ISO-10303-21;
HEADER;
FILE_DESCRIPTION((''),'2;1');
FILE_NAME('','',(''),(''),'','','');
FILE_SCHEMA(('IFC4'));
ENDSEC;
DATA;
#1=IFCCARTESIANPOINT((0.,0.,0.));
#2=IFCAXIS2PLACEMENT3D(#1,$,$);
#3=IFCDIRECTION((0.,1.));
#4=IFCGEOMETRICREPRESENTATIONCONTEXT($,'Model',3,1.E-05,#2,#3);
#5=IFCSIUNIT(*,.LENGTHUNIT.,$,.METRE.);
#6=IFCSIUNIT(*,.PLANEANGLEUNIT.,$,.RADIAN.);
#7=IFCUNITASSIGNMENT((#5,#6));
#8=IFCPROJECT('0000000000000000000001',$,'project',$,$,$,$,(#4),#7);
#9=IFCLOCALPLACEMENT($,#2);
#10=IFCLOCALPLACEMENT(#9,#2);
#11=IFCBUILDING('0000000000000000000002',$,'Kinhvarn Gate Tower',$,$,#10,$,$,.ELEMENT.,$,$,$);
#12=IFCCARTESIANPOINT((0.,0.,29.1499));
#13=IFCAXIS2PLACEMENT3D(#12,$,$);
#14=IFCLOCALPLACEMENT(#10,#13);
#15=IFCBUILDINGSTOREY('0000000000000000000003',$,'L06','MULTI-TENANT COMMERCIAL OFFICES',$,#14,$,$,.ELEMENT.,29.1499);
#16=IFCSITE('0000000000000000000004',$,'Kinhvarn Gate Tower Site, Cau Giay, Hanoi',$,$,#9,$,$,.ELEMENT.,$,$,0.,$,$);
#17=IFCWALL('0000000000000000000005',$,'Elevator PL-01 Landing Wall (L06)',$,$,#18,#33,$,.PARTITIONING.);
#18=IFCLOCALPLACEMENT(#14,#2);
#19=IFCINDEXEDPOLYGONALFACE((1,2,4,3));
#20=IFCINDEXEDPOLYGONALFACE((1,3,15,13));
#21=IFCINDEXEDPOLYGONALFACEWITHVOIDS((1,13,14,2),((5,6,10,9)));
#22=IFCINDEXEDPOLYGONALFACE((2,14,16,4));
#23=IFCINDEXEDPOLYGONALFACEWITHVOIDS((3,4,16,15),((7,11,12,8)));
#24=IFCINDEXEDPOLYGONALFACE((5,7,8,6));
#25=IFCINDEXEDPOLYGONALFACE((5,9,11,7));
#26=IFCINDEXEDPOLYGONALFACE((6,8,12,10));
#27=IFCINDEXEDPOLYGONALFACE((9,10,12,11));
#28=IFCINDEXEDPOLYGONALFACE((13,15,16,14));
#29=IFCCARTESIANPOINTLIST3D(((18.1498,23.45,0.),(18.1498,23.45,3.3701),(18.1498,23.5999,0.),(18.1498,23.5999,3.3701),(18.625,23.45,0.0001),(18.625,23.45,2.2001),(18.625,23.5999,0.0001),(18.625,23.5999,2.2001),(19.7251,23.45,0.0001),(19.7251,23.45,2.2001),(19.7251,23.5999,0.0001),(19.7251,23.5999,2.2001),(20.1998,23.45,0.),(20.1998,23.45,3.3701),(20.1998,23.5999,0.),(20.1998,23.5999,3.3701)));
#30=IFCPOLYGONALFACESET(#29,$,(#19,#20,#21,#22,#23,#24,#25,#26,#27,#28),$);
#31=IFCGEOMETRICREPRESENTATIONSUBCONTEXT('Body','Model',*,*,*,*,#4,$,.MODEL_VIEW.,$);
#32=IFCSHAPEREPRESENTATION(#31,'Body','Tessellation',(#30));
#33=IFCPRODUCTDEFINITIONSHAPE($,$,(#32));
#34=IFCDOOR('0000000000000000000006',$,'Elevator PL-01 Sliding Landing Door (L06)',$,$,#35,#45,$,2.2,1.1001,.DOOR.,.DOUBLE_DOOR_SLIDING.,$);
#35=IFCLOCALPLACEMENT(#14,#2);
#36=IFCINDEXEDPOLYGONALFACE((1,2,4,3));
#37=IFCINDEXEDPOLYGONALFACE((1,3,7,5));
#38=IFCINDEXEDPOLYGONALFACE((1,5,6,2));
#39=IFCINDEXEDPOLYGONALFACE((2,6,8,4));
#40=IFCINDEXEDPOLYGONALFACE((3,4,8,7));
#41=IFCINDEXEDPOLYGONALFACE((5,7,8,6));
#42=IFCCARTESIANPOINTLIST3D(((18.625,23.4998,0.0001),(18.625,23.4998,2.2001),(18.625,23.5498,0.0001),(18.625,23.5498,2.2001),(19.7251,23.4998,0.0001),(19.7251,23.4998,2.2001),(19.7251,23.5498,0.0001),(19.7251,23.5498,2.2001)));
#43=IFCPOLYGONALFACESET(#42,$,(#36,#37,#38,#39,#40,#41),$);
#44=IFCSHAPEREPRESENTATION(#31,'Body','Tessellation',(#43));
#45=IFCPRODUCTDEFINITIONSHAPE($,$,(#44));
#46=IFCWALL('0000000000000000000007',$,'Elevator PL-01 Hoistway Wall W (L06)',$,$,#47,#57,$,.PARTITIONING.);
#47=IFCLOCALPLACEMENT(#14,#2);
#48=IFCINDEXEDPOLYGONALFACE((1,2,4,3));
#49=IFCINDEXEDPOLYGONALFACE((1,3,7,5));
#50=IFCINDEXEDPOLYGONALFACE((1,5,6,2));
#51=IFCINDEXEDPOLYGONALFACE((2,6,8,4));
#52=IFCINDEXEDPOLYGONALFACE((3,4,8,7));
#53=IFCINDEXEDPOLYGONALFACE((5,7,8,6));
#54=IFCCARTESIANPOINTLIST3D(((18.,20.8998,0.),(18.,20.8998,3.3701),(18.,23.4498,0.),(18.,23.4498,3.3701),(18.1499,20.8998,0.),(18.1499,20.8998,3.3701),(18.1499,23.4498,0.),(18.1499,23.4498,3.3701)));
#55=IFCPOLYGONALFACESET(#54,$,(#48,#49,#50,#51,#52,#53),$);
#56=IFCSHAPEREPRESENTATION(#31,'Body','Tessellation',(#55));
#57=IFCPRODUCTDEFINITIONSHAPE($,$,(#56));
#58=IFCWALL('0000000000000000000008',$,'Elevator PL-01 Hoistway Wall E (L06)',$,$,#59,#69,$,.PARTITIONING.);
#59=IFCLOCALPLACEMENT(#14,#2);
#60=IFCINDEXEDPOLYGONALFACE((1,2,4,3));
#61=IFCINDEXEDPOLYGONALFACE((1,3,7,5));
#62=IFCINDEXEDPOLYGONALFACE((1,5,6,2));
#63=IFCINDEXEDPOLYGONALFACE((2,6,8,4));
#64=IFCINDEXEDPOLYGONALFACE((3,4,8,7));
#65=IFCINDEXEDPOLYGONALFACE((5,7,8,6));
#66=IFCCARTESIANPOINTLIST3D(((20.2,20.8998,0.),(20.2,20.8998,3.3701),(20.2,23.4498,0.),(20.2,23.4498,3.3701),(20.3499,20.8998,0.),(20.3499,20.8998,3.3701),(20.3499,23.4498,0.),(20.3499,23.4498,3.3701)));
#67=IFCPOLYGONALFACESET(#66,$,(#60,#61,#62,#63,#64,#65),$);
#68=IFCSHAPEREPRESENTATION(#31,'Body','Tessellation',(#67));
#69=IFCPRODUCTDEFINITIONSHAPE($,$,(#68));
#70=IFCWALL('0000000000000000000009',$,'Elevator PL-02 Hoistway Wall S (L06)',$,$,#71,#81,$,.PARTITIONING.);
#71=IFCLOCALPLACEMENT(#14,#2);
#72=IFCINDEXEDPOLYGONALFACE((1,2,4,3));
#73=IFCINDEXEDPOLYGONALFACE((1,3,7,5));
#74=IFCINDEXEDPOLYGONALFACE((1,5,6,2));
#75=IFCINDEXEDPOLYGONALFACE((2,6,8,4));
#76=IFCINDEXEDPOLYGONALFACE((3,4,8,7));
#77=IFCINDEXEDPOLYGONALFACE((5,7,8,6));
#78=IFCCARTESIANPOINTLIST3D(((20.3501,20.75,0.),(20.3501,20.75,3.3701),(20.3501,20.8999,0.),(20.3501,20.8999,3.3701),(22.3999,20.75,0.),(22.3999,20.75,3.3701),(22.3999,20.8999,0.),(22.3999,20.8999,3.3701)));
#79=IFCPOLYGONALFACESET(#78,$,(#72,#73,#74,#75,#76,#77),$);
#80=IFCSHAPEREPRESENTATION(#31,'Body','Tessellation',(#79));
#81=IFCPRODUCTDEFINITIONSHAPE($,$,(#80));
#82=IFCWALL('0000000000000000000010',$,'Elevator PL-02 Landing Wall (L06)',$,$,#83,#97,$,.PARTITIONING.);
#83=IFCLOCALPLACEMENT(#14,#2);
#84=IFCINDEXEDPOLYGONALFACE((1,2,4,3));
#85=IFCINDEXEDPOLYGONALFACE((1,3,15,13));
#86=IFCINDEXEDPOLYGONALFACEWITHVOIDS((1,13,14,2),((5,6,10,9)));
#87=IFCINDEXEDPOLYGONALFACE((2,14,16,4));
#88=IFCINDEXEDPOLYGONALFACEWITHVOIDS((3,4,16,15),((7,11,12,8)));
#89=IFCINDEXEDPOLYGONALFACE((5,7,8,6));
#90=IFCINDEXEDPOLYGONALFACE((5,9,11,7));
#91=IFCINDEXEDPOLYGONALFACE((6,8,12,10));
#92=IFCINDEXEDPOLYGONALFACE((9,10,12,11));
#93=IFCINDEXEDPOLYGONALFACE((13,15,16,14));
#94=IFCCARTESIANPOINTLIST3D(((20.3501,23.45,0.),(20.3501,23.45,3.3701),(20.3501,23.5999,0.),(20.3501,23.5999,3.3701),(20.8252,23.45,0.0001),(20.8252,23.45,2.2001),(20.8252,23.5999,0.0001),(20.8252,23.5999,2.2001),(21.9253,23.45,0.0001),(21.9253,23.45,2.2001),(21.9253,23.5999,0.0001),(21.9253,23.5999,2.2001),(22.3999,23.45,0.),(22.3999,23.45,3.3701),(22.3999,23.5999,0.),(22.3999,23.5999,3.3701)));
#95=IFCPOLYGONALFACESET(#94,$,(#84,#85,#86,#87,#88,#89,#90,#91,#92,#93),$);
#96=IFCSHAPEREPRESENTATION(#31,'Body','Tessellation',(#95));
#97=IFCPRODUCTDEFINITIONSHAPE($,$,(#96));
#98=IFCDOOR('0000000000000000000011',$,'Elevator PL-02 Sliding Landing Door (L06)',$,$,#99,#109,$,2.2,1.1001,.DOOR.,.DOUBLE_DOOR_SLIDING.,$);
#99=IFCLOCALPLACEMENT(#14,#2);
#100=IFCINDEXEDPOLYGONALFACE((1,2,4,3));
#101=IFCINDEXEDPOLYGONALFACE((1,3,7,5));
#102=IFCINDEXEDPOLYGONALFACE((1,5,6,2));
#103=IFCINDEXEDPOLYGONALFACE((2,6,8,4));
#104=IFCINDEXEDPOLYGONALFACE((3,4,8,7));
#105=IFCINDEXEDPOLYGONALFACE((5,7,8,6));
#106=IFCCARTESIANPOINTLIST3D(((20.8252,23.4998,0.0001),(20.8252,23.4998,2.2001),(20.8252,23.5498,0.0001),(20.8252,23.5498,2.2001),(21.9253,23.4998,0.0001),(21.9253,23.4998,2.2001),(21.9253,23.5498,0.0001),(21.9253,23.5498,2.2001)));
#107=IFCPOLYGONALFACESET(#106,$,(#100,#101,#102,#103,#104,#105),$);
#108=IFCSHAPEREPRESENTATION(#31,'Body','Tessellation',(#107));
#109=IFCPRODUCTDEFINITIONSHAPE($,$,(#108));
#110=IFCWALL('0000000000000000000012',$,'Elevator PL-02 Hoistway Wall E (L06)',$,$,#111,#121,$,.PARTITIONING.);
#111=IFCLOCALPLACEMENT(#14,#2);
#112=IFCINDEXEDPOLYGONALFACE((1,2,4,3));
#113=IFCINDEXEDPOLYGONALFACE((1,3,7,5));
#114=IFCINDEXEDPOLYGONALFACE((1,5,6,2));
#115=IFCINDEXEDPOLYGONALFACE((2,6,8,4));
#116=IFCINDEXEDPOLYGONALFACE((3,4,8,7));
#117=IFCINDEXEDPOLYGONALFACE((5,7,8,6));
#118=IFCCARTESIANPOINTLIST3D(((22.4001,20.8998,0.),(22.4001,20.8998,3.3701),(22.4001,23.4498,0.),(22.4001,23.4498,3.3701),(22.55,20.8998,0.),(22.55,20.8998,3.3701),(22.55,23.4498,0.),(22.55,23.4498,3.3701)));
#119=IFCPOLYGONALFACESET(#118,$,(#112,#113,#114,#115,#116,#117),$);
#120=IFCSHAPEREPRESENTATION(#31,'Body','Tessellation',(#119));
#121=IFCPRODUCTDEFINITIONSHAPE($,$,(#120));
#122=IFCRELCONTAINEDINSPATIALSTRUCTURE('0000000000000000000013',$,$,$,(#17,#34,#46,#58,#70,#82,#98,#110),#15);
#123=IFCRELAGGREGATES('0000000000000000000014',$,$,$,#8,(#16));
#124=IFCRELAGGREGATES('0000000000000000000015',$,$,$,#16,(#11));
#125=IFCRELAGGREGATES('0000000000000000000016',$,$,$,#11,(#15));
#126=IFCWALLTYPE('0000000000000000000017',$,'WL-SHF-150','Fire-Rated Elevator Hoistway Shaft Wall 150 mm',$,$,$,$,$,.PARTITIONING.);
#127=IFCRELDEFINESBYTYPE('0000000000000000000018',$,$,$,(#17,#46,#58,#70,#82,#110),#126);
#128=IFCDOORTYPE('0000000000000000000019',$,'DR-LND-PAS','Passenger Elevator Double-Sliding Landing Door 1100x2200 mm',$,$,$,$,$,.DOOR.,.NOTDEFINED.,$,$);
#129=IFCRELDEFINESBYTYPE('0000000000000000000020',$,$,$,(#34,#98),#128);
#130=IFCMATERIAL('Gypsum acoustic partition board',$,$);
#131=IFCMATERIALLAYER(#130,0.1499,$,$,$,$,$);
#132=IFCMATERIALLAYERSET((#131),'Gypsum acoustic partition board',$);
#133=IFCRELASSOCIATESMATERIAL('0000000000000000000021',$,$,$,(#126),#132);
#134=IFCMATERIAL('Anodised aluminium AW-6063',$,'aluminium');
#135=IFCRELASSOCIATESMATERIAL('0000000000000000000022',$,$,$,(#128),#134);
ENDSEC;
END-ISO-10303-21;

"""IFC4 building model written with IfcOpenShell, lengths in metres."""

from ifc_helpers import new_model, si_unit, direction, frame, frame_2d, origin, place, context, subcontext, project, spatial, rectangle, extrude, material, layer, layer_set, type_object, element, fill, save


model = new_model("IFC4")

# Units and contexts
model_context = context("Model", 3, precision=1e-05, world=origin(), true_north=direction((0.0, 1.0)))
body_context = subcontext(model_context, "Body", "Model", "MODEL_VIEW")
ifc_project = project(units=[si_unit("LENGTHUNIT", "METRE"), si_unit("PLANEANGLEUNIT", "RADIAN")], contexts=[model_context])

# Site, building, storey
site_placement = place(None, origin())
site = spatial("IfcSite", under=ifc_project, at=site_placement, Name="Kinhvarn Gate Tower Site, Cau Giay, Hanoi", CompositionType="ELEMENT", RefElevation=0.0)
building_placement = place(site_placement, origin())
building = spatial("IfcBuilding", under=site, at=building_placement, Name="Kinhvarn Gate Tower", CompositionType="ELEMENT")
storey_placement = place(building_placement, frame((0.0, 0.0, 29.1499)))
storey = spatial("IfcBuildingStorey", under=building, at=storey_placement, Name="L06", Description="MULTI-TENANT COMMERCIAL OFFICES", CompositionType="ELEMENT", Elevation=29.1499)

# Shared definitions
ifc_material_1 = material(Name="Gypsum acoustic partition board")
ifc_layer = layer(ifc_material_1, 0.1499)
ifc_layer_set = layer_set([ifc_layer], Name="Gypsum acoustic partition board")
wall_type = type_object("IfcWallType", Name="WL-SHF-150", Description="Fire-Rated Elevator Hoistway Shaft Wall 150 mm", PredefinedType="PARTITIONING", material=ifc_layer_set)

# Wall, opening, door
wall_1_placement = place(storey_placement, frame((18.1499, 23.5249, 0.0), z_axis=(0.0, 0.0, 1.0), x_axis=(1.0, 0.0, 0.0)))
wall_1 = element("IfcWall", 1, at=wall_1_placement, inside=storey, type_object=wall_type, Name="Elevator PL-01 Landing Wall (L06)", PredefinedType="PARTITIONING", context=body_context, shape_type="SweptSolid", body=[
    extrude(rectangle(XDim=2.05, YDim=0.1499, at=frame_2d((1.0249, 0.0))), origin(), (0.0, 0.0, 1.0), 3.3701),
])
opening_1_placement = place(wall_1_placement, frame((0.4751, 0.0, 0.0)))
opening_1 = element("IfcOpeningElement", 2, at=opening_1_placement, cuts=wall_1, PredefinedType="OPENING", context=body_context, shape_type="SweptSolid", body=[
    extrude(rectangle(XDim=1.1001, YDim=2.2, at=frame_2d((0.55, 1.1001))), frame((0.0, 0.085, 0.0), z_axis=(0.0, -1.0, 0.0), x_axis=(1.0, 0.0, 0.0)), (0.0, 0.0, 1.0), 0.1699),
])
ifc_material_2 = material(Name="Anodised aluminium AW-6063", Category="aluminium")
door_type = type_object("IfcDoorType", Name="DR-LND-PAS", Description="Passenger Elevator Double-Sliding Landing Door 1100x2200 mm", OperationType="NOTDEFINED", PredefinedType="DOOR", material=ifc_material_2)
door_1_placement = place(opening_1_placement, origin())
door_1 = element("IfcDoor", 3, at=door_1_placement, inside=storey, type_object=door_type, Name="Elevator PL-01 Sliding Landing Door (L06)", OperationType="DOUBLE_DOOR_SLIDING", OverallHeight=2.2, OverallWidth=1.1001, PredefinedType="DOOR", context=body_context, shape_type="SweptSolid", body=[
    extrude(rectangle(XDim=1.1001, YDim=2.2, at=frame_2d((0.55, 1.1001))), frame((0.0, 0.0249, 0.0), z_axis=(0.0, -1.0, 0.0), x_axis=(1.0, 0.0, 0.0)), (0.0, 0.0, 1.0), 0.05),
])
fill(opening_1, door_1)

# Walls
for number, where, z_axis, x_axis, name in (
    (4, (18.075, 20.8999, 0.0), (0.0, 0.0, 1.0), (0.0, 1.0, 0.0), "Elevator PL-01 Hoistway Wall W (L06)"),
    (5, (20.2749, 20.8999, 0.0), (0.0, 0.0, 1.0), (0.0, 1.0, 0.0), "Elevator PL-01 Hoistway Wall E (L06)"),
):
    element("IfcWall", number, at=place(storey_placement, frame(where, z_axis=z_axis, x_axis=x_axis)), inside=storey, type_object=wall_type, Name=name, PredefinedType="PARTITIONING", context=body_context, shape_type="SweptSolid", body=[
        extrude(rectangle(XDim=2.55, YDim=0.1499, at=frame_2d((1.2749, 0.0))), origin(), (0.0, 0.0, 1.0), 3.3701),
    ])
wall_2_placement = place(storey_placement, frame((20.3501, 20.825, 0.0), z_axis=(0.0, 0.0, 1.0), x_axis=(1.0, 0.0, 0.0)))
element("IfcWall", 6, at=wall_2_placement, inside=storey, type_object=wall_type, Name="Elevator PL-02 Hoistway Wall S (L06)", PredefinedType="PARTITIONING", context=body_context, shape_type="SweptSolid", body=[
    extrude(rectangle(XDim=2.0498, YDim=0.1499, at=frame_2d((1.0249, 0.0))), origin(), (0.0, 0.0, 1.0), 3.3701),
])

# Wall, opening, door
wall_3_placement = place(storey_placement, frame((20.3501, 23.5249, 0.0), z_axis=(0.0, 0.0, 1.0), x_axis=(1.0, 0.0, 0.0)))
wall_3 = element("IfcWall", 7, at=wall_3_placement, inside=storey, type_object=wall_type, Name="Elevator PL-02 Landing Wall (L06)", PredefinedType="PARTITIONING", context=body_context, shape_type="SweptSolid", body=[
    extrude(rectangle(XDim=2.0498, YDim=0.1499, at=frame_2d((1.0249, 0.0))), origin(), (0.0, 0.0, 1.0), 3.3701),
])
opening_2_placement = place(wall_3_placement, frame((0.4751, 0.0, 0.0)))
opening_2 = element("IfcOpeningElement", 8, at=opening_2_placement, cuts=wall_3, PredefinedType="OPENING", context=body_context, shape_type="SweptSolid", body=[
    extrude(rectangle(XDim=1.1001, YDim=2.2, at=frame_2d((0.55, 1.1001))), frame((0.0, 0.085, 0.0), z_axis=(0.0, -1.0, 0.0), x_axis=(1.0, 0.0, 0.0)), (0.0, 0.0, 1.0), 0.1699),
])
door_2_placement = place(opening_2_placement, origin())
door_2 = element("IfcDoor", 9, at=door_2_placement, inside=storey, type_object=door_type, Name="Elevator PL-02 Sliding Landing Door (L06)", OperationType="DOUBLE_DOOR_SLIDING", OverallHeight=2.2, OverallWidth=1.1001, PredefinedType="DOOR", context=body_context, shape_type="SweptSolid", body=[
    extrude(rectangle(XDim=1.1001, YDim=2.2, at=frame_2d((0.55, 1.1001))), frame((0.0, 0.0249, 0.0), z_axis=(0.0, -1.0, 0.0), x_axis=(1.0, 0.0, 0.0)), (0.0, 0.0, 1.0), 0.05),
])
fill(opening_2, door_2)

# Wall
wall_4_placement = place(storey_placement, frame((22.4751, 20.8999, 0.0), z_axis=(0.0, 0.0, 1.0), x_axis=(0.0, 1.0, 0.0)))
element("IfcWall", 10, at=wall_4_placement, inside=storey, type_object=wall_type, Name="Elevator PL-02 Hoistway Wall E (L06)", PredefinedType="PARTITIONING", context=body_context, shape_type="SweptSolid", body=[
    extrude(rectangle(XDim=2.55, YDim=0.1499, at=frame_2d((1.2749, 0.0))), origin(), (0.0, 0.0, 1.0), 3.3701),
])

save(model, "model.ifc")
